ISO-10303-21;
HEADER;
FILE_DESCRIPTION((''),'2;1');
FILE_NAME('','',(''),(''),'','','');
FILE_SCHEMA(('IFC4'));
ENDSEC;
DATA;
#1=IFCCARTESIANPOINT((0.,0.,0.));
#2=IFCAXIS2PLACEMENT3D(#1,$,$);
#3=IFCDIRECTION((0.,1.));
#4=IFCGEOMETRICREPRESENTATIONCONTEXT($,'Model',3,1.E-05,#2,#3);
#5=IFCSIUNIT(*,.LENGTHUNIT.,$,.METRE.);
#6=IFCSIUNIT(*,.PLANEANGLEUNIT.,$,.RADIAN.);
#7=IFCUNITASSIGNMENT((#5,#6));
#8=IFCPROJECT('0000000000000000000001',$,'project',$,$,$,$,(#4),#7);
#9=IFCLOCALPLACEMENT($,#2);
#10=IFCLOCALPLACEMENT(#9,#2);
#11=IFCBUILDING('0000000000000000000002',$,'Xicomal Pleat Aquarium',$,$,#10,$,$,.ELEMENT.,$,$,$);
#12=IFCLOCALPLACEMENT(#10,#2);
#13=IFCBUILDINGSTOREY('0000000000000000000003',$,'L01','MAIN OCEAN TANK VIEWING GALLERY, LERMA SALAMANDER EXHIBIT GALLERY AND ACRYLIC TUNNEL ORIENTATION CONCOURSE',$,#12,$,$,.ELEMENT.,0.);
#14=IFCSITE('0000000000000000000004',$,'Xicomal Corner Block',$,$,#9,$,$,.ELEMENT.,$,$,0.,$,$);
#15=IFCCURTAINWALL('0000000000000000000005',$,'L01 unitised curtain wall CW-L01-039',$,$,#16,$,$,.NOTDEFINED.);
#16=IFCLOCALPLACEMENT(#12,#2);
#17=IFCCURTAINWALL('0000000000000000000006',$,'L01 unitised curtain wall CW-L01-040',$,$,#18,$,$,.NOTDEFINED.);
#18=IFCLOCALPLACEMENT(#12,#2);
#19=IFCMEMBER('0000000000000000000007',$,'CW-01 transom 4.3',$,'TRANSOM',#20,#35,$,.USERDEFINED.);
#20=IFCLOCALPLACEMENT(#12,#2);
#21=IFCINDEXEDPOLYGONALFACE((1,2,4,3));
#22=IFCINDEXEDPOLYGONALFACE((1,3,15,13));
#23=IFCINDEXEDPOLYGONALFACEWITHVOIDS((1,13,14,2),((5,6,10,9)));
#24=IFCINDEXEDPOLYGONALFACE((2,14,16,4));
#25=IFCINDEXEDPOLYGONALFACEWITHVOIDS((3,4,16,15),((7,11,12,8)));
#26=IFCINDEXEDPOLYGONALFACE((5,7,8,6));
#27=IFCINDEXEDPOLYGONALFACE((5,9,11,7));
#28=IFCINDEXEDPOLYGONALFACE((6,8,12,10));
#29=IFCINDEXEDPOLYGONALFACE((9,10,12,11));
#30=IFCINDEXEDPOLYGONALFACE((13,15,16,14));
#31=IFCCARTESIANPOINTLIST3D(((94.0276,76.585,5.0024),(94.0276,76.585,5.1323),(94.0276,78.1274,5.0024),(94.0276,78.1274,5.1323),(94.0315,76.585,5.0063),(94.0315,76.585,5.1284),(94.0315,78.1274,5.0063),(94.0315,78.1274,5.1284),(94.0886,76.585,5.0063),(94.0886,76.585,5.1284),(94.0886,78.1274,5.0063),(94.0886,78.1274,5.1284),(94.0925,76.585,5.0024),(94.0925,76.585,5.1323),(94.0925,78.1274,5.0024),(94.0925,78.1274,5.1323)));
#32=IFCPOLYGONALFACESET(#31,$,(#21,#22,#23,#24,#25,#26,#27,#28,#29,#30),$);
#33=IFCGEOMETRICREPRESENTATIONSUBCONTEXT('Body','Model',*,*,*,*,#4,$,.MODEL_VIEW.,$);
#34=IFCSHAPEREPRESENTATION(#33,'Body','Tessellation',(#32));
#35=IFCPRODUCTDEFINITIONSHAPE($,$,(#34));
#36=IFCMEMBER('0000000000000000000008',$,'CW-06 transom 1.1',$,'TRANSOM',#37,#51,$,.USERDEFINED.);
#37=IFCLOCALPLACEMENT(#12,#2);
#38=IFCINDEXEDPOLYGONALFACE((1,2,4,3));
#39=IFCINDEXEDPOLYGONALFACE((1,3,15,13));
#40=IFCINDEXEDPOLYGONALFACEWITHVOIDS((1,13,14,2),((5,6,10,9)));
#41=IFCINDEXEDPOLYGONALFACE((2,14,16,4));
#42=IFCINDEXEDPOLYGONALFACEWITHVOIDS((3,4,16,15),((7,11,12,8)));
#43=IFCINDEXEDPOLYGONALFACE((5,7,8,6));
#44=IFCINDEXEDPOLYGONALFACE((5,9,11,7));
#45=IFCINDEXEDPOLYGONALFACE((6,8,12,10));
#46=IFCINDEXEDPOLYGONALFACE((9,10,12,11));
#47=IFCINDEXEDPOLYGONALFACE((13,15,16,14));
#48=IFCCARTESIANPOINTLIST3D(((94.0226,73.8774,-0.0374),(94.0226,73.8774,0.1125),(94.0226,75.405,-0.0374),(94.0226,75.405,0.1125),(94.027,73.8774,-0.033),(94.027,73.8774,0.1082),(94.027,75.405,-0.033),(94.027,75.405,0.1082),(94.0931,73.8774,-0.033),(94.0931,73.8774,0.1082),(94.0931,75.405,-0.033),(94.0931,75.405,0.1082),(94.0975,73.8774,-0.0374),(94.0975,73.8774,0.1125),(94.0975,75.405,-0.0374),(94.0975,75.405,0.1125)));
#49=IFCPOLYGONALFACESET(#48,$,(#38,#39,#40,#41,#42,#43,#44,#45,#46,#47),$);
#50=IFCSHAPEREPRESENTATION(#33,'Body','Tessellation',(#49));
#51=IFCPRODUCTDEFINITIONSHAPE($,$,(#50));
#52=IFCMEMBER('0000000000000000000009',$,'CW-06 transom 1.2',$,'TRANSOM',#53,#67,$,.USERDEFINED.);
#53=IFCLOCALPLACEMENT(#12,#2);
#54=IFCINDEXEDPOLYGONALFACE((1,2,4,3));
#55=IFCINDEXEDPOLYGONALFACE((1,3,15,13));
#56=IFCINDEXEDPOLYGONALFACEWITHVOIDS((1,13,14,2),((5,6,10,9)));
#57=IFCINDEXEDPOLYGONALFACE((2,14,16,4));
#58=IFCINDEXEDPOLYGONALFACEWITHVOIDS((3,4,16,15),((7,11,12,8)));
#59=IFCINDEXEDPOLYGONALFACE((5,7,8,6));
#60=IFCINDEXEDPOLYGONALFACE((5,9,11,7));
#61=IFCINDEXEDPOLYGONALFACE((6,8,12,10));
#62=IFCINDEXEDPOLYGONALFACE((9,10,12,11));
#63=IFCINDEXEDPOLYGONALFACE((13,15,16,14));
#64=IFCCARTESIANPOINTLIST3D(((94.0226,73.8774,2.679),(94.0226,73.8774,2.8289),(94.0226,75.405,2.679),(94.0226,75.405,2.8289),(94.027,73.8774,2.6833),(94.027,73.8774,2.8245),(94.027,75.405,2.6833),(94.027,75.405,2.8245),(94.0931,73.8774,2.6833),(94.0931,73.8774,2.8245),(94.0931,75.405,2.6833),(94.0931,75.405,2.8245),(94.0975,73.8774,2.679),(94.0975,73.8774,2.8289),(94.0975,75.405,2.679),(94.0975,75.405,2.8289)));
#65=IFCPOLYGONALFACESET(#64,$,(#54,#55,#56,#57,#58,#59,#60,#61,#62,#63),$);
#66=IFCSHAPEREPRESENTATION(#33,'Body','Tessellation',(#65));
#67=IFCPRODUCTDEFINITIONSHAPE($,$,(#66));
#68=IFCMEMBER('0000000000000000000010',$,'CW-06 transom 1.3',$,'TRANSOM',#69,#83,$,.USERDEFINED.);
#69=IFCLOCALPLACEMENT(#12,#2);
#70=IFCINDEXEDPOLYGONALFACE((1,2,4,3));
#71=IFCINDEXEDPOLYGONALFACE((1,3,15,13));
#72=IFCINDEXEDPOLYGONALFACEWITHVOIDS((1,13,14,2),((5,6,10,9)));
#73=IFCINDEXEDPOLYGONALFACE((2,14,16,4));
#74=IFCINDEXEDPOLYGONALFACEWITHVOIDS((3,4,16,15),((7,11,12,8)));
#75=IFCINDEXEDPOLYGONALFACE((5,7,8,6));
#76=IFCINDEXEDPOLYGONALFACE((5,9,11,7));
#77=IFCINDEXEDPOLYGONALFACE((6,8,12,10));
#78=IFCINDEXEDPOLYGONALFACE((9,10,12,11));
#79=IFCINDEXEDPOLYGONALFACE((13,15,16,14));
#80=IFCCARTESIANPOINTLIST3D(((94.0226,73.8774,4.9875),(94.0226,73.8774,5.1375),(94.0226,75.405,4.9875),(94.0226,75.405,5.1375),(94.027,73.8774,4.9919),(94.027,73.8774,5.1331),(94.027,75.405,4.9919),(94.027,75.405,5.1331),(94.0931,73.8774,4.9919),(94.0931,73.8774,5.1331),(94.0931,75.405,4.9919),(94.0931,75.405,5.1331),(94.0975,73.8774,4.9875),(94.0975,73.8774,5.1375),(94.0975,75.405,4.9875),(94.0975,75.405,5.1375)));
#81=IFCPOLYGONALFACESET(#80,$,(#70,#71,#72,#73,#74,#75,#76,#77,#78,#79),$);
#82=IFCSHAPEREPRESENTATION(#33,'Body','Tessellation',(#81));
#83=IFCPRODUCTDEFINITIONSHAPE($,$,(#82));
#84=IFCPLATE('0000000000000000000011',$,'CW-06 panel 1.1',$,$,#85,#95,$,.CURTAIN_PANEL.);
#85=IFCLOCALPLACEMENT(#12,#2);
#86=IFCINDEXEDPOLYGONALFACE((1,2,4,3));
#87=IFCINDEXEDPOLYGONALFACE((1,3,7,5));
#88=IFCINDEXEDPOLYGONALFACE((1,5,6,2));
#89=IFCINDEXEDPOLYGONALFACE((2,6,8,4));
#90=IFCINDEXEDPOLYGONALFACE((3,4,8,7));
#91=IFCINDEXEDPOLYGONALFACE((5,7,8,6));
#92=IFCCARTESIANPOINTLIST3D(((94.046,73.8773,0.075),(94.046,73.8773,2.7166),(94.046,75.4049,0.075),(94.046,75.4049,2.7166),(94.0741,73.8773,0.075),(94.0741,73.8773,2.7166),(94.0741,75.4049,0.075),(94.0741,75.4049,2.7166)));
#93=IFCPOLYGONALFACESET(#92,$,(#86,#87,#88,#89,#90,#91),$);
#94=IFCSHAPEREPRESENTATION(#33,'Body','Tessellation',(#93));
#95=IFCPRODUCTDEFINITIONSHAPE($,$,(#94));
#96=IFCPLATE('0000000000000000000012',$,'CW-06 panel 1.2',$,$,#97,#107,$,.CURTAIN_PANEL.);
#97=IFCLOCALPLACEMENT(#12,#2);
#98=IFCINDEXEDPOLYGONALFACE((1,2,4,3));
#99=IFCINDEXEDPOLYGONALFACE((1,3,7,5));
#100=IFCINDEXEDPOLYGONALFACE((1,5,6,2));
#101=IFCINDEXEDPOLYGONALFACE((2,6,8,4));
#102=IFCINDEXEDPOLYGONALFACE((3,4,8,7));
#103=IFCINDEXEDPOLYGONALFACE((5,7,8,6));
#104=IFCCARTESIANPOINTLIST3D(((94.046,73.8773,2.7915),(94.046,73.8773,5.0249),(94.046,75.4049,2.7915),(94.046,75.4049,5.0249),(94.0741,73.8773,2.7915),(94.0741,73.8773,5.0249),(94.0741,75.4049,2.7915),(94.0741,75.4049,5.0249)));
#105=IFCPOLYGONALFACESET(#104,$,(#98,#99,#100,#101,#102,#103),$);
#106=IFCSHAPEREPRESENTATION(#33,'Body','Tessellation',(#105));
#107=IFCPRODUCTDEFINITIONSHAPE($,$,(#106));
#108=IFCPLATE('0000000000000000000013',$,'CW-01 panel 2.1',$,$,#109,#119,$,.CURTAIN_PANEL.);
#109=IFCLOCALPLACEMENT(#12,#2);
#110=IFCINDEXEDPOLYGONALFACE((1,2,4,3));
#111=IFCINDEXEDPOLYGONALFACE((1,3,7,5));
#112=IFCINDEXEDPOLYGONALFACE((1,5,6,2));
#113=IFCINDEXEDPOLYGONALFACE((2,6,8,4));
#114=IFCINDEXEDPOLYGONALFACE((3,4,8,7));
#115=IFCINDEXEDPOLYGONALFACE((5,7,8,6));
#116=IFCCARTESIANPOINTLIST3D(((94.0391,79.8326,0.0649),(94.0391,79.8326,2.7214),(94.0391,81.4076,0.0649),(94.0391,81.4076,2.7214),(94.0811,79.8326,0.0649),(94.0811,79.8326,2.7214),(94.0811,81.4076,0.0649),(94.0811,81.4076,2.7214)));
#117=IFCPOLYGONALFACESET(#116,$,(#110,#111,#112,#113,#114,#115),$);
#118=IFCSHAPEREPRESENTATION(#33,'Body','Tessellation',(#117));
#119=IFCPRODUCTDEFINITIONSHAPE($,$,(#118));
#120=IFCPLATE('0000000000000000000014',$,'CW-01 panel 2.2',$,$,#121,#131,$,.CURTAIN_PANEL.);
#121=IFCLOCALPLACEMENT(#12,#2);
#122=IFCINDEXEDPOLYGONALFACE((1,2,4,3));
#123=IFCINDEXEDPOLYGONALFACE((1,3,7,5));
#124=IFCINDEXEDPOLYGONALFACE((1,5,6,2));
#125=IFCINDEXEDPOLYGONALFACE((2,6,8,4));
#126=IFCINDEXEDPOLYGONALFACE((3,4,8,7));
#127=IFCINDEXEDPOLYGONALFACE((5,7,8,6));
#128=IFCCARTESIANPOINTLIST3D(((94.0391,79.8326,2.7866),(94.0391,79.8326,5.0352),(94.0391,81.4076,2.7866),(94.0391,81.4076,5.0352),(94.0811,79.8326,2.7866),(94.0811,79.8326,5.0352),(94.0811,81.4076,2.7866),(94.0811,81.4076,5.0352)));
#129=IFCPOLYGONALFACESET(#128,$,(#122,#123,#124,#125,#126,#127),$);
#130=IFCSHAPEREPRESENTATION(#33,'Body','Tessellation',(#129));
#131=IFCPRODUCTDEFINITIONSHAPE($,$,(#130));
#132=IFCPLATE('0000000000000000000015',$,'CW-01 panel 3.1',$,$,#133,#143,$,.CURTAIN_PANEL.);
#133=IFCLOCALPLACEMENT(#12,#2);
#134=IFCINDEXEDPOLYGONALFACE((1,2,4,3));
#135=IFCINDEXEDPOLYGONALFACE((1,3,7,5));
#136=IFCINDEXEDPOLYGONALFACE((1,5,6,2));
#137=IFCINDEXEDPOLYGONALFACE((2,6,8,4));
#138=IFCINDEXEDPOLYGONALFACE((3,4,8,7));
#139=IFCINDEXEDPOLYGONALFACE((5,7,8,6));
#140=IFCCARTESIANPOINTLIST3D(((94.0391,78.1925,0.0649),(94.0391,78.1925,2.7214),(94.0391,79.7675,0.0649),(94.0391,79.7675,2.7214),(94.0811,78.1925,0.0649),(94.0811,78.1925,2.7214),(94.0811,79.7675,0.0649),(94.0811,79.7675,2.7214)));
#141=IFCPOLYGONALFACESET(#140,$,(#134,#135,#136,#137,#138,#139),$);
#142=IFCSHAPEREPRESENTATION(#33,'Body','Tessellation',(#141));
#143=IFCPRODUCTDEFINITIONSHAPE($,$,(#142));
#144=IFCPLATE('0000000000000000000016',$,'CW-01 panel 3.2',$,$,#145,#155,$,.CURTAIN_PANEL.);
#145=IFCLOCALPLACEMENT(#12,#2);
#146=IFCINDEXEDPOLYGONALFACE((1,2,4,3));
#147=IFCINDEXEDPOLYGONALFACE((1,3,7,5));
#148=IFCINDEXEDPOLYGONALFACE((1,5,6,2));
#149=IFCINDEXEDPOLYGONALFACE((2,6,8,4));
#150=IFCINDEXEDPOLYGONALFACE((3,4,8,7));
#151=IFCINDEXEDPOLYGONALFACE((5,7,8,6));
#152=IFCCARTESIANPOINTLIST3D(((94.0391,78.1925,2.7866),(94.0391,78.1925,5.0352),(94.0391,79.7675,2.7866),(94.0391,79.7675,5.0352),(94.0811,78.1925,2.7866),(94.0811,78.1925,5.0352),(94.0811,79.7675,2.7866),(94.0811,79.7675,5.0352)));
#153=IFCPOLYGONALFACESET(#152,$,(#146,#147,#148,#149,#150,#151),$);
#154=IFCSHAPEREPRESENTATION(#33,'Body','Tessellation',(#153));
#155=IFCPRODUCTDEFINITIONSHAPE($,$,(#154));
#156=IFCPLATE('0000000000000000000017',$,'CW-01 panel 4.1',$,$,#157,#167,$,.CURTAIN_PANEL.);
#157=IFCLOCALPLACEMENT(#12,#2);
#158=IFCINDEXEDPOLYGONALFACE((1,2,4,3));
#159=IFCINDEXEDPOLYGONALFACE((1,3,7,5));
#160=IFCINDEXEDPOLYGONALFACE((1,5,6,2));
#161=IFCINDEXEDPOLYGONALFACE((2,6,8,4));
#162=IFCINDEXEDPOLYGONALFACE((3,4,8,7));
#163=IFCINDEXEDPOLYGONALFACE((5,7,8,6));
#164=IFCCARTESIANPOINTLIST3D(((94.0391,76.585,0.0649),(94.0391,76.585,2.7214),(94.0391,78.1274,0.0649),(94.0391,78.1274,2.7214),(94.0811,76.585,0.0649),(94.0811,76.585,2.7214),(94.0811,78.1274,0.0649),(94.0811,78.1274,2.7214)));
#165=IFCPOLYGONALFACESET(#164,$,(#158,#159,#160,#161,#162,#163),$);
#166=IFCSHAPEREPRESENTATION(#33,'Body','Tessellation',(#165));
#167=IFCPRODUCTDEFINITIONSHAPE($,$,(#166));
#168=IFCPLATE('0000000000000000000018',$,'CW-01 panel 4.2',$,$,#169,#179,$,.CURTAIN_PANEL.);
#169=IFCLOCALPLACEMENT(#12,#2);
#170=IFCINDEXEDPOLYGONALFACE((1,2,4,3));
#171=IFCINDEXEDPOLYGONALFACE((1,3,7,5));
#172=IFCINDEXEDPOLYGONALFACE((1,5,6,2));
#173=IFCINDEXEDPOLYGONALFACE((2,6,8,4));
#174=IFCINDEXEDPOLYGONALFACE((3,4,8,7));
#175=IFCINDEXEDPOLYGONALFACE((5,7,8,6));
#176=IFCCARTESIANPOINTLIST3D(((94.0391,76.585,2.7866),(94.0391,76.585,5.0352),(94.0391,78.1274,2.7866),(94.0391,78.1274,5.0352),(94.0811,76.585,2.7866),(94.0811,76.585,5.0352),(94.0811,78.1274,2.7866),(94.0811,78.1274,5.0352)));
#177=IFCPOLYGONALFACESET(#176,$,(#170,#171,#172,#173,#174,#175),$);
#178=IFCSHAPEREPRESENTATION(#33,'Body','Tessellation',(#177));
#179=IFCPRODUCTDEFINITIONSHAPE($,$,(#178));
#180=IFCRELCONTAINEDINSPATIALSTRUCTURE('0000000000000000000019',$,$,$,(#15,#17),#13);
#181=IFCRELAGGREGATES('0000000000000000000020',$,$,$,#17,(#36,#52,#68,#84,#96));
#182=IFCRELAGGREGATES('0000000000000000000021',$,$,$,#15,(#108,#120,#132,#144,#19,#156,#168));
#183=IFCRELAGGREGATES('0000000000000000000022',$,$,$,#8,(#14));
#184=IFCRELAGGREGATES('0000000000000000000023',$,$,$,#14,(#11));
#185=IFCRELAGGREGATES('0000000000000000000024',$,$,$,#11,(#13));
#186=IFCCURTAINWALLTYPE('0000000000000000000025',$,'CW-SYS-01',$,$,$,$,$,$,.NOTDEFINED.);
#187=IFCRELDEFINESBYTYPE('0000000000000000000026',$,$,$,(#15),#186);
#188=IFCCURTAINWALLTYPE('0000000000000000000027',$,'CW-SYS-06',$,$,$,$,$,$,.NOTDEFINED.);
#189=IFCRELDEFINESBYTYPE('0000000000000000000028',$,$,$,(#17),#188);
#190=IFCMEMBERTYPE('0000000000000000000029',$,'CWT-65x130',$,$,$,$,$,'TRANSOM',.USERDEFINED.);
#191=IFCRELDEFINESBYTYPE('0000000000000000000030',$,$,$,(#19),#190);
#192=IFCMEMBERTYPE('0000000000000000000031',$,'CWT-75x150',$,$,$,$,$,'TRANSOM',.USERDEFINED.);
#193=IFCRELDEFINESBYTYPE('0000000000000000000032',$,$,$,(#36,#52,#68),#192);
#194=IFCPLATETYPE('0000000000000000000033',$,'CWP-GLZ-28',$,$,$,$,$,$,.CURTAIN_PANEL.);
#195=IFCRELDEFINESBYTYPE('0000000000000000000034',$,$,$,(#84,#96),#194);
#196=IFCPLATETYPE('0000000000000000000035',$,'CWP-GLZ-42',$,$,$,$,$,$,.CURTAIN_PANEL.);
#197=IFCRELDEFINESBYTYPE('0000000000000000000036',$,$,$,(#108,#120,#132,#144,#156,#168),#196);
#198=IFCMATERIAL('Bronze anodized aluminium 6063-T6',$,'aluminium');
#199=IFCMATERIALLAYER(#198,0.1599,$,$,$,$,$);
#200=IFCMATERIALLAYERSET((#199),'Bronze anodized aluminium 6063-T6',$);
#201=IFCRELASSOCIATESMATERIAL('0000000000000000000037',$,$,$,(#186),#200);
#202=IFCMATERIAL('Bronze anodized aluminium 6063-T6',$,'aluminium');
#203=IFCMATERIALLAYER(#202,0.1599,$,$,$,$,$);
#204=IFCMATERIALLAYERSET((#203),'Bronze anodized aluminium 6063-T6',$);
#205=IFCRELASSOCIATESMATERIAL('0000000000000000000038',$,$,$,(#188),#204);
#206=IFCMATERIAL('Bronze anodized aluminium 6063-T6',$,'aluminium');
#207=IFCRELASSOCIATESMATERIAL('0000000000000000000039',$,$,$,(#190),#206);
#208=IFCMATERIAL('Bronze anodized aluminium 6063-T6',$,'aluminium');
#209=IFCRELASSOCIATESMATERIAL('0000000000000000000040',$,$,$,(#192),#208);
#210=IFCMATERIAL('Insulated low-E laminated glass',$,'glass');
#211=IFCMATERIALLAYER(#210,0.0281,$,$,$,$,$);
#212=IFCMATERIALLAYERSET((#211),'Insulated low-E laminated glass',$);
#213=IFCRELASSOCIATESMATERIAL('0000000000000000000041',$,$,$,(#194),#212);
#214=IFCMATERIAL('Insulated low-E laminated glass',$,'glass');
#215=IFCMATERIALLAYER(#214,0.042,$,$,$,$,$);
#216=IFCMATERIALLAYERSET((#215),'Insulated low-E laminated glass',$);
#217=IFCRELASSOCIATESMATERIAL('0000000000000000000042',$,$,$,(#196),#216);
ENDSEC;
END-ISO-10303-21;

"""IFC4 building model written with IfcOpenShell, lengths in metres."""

from ifc_helpers import new_model, si_unit, direction, frame, origin, origin_2d, place, context, subcontext, project, spatial, rectangle, hollow_rectangle, extrude, material, layer, layer_set, material_profile, profile_set, type_object, element, aggregate, save


model = new_model("IFC4")

# Units and contexts
model_context = context("Model", 3, precision=1e-05, world=origin(), true_north=direction((0.0, 1.0)))
body_context = subcontext(model_context, "Body", "Model", "MODEL_VIEW")
ifc_project = project(units=[si_unit("LENGTHUNIT", "METRE"), si_unit("PLANEANGLEUNIT", "RADIAN")], contexts=[model_context])

# Site, building, storey
site_placement = place(None, origin())
site = spatial("IfcSite", under=ifc_project, at=site_placement, Name="Xicomal Corner Block", CompositionType="ELEMENT", RefElevation=0.0)
building_placement = place(site_placement, origin())
building = spatial("IfcBuilding", under=site, at=building_placement, Name="Xicomal Pleat Aquarium", CompositionType="ELEMENT")
storey_placement = place(building_placement, origin())
storey = spatial("IfcBuildingStorey", under=building, at=storey_placement, Name="L01", Description="MAIN OCEAN TANK VIEWING GALLERY, LERMA SALAMANDER EXHIBIT GALLERY AND ACRYLIC TUNNEL ORIENTATION CONCOURSE", CompositionType="ELEMENT", Elevation=0.0)

# Curtain wall
ifc_material_1 = material(Name="Bronze anodized aluminium 6063-T6", Category="aluminium")
ifc_layer_1 = layer(ifc_material_1, 0.1599)
ifc_layer_set_1 = layer_set([ifc_layer_1], Name="Bronze anodized aluminium 6063-T6")
curtain_wall_type_1 = type_object("IfcCurtainWallType", Name="CW-SYS-01", PredefinedType="NOTDEFINED", material=ifc_layer_set_1)
curtain_wall_1_placement = place(storey_placement, origin())
curtain_wall_1 = element("IfcCurtainWall", 1, at=curtain_wall_1_placement, inside=storey, type_object=curtain_wall_type_1, Name="L01 unitised curtain wall CW-L01-039", PredefinedType="NOTDEFINED")

# Curtain wall
ifc_material_2 = material(Name="Bronze anodized aluminium 6063-T6", Category="aluminium")
ifc_layer_2 = layer(ifc_material_2, 0.1599)
ifc_layer_set_2 = layer_set([ifc_layer_2], Name="Bronze anodized aluminium 6063-T6")
curtain_wall_type_2 = type_object("IfcCurtainWallType", Name="CW-SYS-06", PredefinedType="NOTDEFINED", material=ifc_layer_set_2)
curtain_wall_2_placement = place(storey_placement, origin())
curtain_wall_2 = element("IfcCurtainWall", 2, at=curtain_wall_2_placement, inside=storey, type_object=curtain_wall_type_2, Name="L01 unitised curtain wall CW-L01-040", PredefinedType="NOTDEFINED")

# Members
ifc_material_3 = material(Name="Bronze anodized aluminium 6063-T6", Category="aluminium")
ifc_material_profile_1 = material_profile(ifc_material_3, hollow_rectangle(XDim=0.0649, YDim=0.1299, WallThickness=0.0039, at=origin_2d()), Name="ALU TRAN 65x130")
ifc_profile_set_1 = profile_set([ifc_material_profile_1], Name="Bronze anodized aluminium 6063-T6")
member_type_1 = type_object("IfcMemberType", Name="CWT-65x130", ElementType="TRANSOM", PredefinedType="USERDEFINED", material=ifc_profile_set_1)
member_1_placement = place(storey_placement, frame((94.0601, 78.1274, 5.0674), z_axis=(0.0, -1.0, 0.0), x_axis=(1.0, 0.0, 0.0)))
member_1 = element("IfcMember", 3, at=member_1_placement, type_object=member_type_1, Name="CW-01 transom 4.3", ObjectType="TRANSOM", PredefinedType="USERDEFINED", context=body_context, shape_type="SweptSolid", body=[
    extrude(hollow_rectangle(XDim=0.0649, YDim=0.1299, WallThickness=0.0039, at=origin_2d()), origin(), (0.0, 0.0, 1.0), 1.5425),
])
ifc_material_4 = material(Name="Bronze anodized aluminium 6063-T6", Category="aluminium")
ifc_material_profile_2 = material_profile(ifc_material_4, hollow_rectangle(XDim=0.075, YDim=0.1499, WallThickness=0.0044, at=origin_2d()), Name="ALU TRAN 75x150")
ifc_profile_set_2 = profile_set([ifc_material_profile_2], Name="Bronze anodized aluminium 6063-T6")
member_type_2 = type_object("IfcMemberType", Name="CWT-75x150", ElementType="TRANSOM", PredefinedType="USERDEFINED", material=ifc_profile_set_2)
member_2_placement = place(storey_placement, frame((94.0601, 75.405, 0.0376), z_axis=(0.0, -1.0, 0.0), x_axis=(1.0, 0.0, 0.0)))
member_2 = element("IfcMember", 4, at=member_2_placement, type_object=member_type_2, Name="CW-06 transom 1.1", ObjectType="TRANSOM", PredefinedType="USERDEFINED", context=body_context, shape_type="SweptSolid", body=[
    extrude(hollow_rectangle(XDim=0.075, YDim=0.1499, WallThickness=0.0044, at=origin_2d()), origin(), (0.0, 0.0, 1.0), 1.5276),
])
member_3_placement = place(storey_placement, frame((94.0601, 75.405, 2.7539), z_axis=(0.0, -1.0, 0.0), x_axis=(1.0, 0.0, 0.0)))
member_3 = element("IfcMember", 5, at=member_3_placement, type_object=member_type_2, Name="CW-06 transom 1.2", ObjectType="TRANSOM", PredefinedType="USERDEFINED", context=body_context, shape_type="SweptSolid", body=[
    extrude(hollow_rectangle(XDim=0.075, YDim=0.1499, WallThickness=0.0044, at=origin_2d()), origin(), (0.0, 0.0, 1.0), 1.5276),
])
member_4_placement = place(storey_placement, frame((94.0601, 75.405, 5.0625), z_axis=(0.0, -1.0, 0.0), x_axis=(1.0, 0.0, 0.0)))
member_4 = element("IfcMember", 6, at=member_4_placement, type_object=member_type_2, Name="CW-06 transom 1.3", ObjectType="TRANSOM", PredefinedType="USERDEFINED", context=body_context, shape_type="SweptSolid", body=[
    extrude(hollow_rectangle(XDim=0.075, YDim=0.1499, WallThickness=0.0044, at=origin_2d()), origin(), (0.0, 0.0, 1.0), 1.5276),
])

# Plates
ifc_material_5 = material(Name="Insulated low-E laminated glass", Category="glass")
ifc_layer_3 = layer(ifc_material_5, 0.0281)
ifc_layer_set_3 = layer_set([ifc_layer_3], Name="Insulated low-E laminated glass")
plate_type_1 = type_object("IfcPlateType", Name="CWP-GLZ-28", PredefinedType="CURTAIN_PANEL", material=ifc_layer_set_3)
plate_1_placement = place(storey_placement, frame((94.0601, 74.6411, 0.075), z_axis=(0.0, 0.0, 1.0), x_axis=(0.0, -1.0, 0.0)))
plate_1 = element("IfcPlate", 7, at=plate_1_placement, type_object=plate_type_1, Name="CW-06 panel 1.1", PredefinedType="CURTAIN_PANEL", context=body_context, shape_type="SweptSolid", body=[
    extrude(rectangle(XDim=1.5276, YDim=0.0281, at=origin_2d()), origin(), (0.0, 0.0, 1.0), 2.6416),
])
plate_2_placement = place(storey_placement, frame((94.0601, 74.6411, 2.7915), z_axis=(0.0, 0.0, 1.0), x_axis=(0.0, -1.0, 0.0)))
plate_2 = element("IfcPlate", 8, at=plate_2_placement, type_object=plate_type_1, Name="CW-06 panel 1.2", PredefinedType="CURTAIN_PANEL", context=body_context, shape_type="SweptSolid", body=[
    extrude(rectangle(XDim=1.5276, YDim=0.0281, at=origin_2d()), origin(), (0.0, 0.0, 1.0), 2.2334),
])
aggregate(curtain_wall_2, [member_2, member_3, member_4, plate_1, plate_2])
ifc_material_6 = material(Name="Insulated low-E laminated glass", Category="glass")
ifc_layer_4 = layer(ifc_material_6, 0.042)
ifc_layer_set_4 = layer_set([ifc_layer_4], Name="Insulated low-E laminated glass")
plate_type_2 = type_object("IfcPlateType", Name="CWP-GLZ-42", PredefinedType="CURTAIN_PANEL", material=ifc_layer_set_4)
plate_3_placement = place(storey_placement, frame((94.0601, 80.6201, 0.0649), z_axis=(0.0, 0.0, 1.0), x_axis=(0.0, -1.0, 0.0)))
plate_3 = element("IfcPlate", 9, at=plate_3_placement, type_object=plate_type_2, Name="CW-01 panel 2.1", PredefinedType="CURTAIN_PANEL", context=body_context, shape_type="SweptSolid", body=[
    extrude(rectangle(XDim=1.575, YDim=0.042, at=origin_2d()), origin(), (0.0, 0.0, 1.0), 2.6565),
])
plate_4_placement = place(storey_placement, frame((94.0601, 80.6201, 2.7866), z_axis=(0.0, 0.0, 1.0), x_axis=(0.0, -1.0, 0.0)))
plate_4 = element("IfcPlate", 10, at=plate_4_placement, type_object=plate_type_2, Name="CW-01 panel 2.2", PredefinedType="CURTAIN_PANEL", context=body_context, shape_type="SweptSolid", body=[
    extrude(rectangle(XDim=1.575, YDim=0.042, at=origin_2d()), origin(), (0.0, 0.0, 1.0), 2.2485),
])
plate_5_placement = place(storey_placement, frame((94.0601, 78.98, 0.0649), z_axis=(0.0, 0.0, 1.0), x_axis=(0.0, -1.0, 0.0)))
plate_5 = element("IfcPlate", 11, at=plate_5_placement, type_object=plate_type_2, Name="CW-01 panel 3.1", PredefinedType="CURTAIN_PANEL", context=body_context, shape_type="SweptSolid", body=[
    extrude(rectangle(XDim=1.575, YDim=0.042, at=origin_2d()), origin(), (0.0, 0.0, 1.0), 2.6565),
])
plate_6_placement = place(storey_placement, frame((94.0601, 78.98, 2.7866), z_axis=(0.0, 0.0, 1.0), x_axis=(0.0, -1.0, 0.0)))
plate_6 = element("IfcPlate", 12, at=plate_6_placement, type_object=plate_type_2, Name="CW-01 panel 3.2", PredefinedType="CURTAIN_PANEL", context=body_context, shape_type="SweptSolid", body=[
    extrude(rectangle(XDim=1.575, YDim=0.042, at=origin_2d()), origin(), (0.0, 0.0, 1.0), 2.2485),
])
plate_7_placement = place(storey_placement, frame((94.0601, 77.3562, 0.0649), z_axis=(0.0, 0.0, 1.0), x_axis=(0.0, -1.0, 0.0)))
plate_7 = element("IfcPlate", 13, at=plate_7_placement, type_object=plate_type_2, Name="CW-01 panel 4.1", PredefinedType="CURTAIN_PANEL", context=body_context, shape_type="SweptSolid", body=[
    extrude(rectangle(XDim=1.5425, YDim=0.042, at=origin_2d()), origin(), (0.0, 0.0, 1.0), 2.6565),
])
plate_8_placement = place(storey_placement, frame((94.0601, 77.3562, 2.7866), z_axis=(0.0, 0.0, 1.0), x_axis=(0.0, -1.0, 0.0)))
plate_8 = element("IfcPlate", 14, at=plate_8_placement, type_object=plate_type_2, Name="CW-01 panel 4.2", PredefinedType="CURTAIN_PANEL", context=body_context, shape_type="SweptSolid", body=[
    extrude(rectangle(XDim=1.5425, YDim=0.042, at=origin_2d()), origin(), (0.0, 0.0, 1.0), 2.2485),
])
aggregate(curtain_wall_1, [plate_3, plate_4, plate_5, plate_6, member_1, plate_7, plate_8])

save(model, "model.ifc")
